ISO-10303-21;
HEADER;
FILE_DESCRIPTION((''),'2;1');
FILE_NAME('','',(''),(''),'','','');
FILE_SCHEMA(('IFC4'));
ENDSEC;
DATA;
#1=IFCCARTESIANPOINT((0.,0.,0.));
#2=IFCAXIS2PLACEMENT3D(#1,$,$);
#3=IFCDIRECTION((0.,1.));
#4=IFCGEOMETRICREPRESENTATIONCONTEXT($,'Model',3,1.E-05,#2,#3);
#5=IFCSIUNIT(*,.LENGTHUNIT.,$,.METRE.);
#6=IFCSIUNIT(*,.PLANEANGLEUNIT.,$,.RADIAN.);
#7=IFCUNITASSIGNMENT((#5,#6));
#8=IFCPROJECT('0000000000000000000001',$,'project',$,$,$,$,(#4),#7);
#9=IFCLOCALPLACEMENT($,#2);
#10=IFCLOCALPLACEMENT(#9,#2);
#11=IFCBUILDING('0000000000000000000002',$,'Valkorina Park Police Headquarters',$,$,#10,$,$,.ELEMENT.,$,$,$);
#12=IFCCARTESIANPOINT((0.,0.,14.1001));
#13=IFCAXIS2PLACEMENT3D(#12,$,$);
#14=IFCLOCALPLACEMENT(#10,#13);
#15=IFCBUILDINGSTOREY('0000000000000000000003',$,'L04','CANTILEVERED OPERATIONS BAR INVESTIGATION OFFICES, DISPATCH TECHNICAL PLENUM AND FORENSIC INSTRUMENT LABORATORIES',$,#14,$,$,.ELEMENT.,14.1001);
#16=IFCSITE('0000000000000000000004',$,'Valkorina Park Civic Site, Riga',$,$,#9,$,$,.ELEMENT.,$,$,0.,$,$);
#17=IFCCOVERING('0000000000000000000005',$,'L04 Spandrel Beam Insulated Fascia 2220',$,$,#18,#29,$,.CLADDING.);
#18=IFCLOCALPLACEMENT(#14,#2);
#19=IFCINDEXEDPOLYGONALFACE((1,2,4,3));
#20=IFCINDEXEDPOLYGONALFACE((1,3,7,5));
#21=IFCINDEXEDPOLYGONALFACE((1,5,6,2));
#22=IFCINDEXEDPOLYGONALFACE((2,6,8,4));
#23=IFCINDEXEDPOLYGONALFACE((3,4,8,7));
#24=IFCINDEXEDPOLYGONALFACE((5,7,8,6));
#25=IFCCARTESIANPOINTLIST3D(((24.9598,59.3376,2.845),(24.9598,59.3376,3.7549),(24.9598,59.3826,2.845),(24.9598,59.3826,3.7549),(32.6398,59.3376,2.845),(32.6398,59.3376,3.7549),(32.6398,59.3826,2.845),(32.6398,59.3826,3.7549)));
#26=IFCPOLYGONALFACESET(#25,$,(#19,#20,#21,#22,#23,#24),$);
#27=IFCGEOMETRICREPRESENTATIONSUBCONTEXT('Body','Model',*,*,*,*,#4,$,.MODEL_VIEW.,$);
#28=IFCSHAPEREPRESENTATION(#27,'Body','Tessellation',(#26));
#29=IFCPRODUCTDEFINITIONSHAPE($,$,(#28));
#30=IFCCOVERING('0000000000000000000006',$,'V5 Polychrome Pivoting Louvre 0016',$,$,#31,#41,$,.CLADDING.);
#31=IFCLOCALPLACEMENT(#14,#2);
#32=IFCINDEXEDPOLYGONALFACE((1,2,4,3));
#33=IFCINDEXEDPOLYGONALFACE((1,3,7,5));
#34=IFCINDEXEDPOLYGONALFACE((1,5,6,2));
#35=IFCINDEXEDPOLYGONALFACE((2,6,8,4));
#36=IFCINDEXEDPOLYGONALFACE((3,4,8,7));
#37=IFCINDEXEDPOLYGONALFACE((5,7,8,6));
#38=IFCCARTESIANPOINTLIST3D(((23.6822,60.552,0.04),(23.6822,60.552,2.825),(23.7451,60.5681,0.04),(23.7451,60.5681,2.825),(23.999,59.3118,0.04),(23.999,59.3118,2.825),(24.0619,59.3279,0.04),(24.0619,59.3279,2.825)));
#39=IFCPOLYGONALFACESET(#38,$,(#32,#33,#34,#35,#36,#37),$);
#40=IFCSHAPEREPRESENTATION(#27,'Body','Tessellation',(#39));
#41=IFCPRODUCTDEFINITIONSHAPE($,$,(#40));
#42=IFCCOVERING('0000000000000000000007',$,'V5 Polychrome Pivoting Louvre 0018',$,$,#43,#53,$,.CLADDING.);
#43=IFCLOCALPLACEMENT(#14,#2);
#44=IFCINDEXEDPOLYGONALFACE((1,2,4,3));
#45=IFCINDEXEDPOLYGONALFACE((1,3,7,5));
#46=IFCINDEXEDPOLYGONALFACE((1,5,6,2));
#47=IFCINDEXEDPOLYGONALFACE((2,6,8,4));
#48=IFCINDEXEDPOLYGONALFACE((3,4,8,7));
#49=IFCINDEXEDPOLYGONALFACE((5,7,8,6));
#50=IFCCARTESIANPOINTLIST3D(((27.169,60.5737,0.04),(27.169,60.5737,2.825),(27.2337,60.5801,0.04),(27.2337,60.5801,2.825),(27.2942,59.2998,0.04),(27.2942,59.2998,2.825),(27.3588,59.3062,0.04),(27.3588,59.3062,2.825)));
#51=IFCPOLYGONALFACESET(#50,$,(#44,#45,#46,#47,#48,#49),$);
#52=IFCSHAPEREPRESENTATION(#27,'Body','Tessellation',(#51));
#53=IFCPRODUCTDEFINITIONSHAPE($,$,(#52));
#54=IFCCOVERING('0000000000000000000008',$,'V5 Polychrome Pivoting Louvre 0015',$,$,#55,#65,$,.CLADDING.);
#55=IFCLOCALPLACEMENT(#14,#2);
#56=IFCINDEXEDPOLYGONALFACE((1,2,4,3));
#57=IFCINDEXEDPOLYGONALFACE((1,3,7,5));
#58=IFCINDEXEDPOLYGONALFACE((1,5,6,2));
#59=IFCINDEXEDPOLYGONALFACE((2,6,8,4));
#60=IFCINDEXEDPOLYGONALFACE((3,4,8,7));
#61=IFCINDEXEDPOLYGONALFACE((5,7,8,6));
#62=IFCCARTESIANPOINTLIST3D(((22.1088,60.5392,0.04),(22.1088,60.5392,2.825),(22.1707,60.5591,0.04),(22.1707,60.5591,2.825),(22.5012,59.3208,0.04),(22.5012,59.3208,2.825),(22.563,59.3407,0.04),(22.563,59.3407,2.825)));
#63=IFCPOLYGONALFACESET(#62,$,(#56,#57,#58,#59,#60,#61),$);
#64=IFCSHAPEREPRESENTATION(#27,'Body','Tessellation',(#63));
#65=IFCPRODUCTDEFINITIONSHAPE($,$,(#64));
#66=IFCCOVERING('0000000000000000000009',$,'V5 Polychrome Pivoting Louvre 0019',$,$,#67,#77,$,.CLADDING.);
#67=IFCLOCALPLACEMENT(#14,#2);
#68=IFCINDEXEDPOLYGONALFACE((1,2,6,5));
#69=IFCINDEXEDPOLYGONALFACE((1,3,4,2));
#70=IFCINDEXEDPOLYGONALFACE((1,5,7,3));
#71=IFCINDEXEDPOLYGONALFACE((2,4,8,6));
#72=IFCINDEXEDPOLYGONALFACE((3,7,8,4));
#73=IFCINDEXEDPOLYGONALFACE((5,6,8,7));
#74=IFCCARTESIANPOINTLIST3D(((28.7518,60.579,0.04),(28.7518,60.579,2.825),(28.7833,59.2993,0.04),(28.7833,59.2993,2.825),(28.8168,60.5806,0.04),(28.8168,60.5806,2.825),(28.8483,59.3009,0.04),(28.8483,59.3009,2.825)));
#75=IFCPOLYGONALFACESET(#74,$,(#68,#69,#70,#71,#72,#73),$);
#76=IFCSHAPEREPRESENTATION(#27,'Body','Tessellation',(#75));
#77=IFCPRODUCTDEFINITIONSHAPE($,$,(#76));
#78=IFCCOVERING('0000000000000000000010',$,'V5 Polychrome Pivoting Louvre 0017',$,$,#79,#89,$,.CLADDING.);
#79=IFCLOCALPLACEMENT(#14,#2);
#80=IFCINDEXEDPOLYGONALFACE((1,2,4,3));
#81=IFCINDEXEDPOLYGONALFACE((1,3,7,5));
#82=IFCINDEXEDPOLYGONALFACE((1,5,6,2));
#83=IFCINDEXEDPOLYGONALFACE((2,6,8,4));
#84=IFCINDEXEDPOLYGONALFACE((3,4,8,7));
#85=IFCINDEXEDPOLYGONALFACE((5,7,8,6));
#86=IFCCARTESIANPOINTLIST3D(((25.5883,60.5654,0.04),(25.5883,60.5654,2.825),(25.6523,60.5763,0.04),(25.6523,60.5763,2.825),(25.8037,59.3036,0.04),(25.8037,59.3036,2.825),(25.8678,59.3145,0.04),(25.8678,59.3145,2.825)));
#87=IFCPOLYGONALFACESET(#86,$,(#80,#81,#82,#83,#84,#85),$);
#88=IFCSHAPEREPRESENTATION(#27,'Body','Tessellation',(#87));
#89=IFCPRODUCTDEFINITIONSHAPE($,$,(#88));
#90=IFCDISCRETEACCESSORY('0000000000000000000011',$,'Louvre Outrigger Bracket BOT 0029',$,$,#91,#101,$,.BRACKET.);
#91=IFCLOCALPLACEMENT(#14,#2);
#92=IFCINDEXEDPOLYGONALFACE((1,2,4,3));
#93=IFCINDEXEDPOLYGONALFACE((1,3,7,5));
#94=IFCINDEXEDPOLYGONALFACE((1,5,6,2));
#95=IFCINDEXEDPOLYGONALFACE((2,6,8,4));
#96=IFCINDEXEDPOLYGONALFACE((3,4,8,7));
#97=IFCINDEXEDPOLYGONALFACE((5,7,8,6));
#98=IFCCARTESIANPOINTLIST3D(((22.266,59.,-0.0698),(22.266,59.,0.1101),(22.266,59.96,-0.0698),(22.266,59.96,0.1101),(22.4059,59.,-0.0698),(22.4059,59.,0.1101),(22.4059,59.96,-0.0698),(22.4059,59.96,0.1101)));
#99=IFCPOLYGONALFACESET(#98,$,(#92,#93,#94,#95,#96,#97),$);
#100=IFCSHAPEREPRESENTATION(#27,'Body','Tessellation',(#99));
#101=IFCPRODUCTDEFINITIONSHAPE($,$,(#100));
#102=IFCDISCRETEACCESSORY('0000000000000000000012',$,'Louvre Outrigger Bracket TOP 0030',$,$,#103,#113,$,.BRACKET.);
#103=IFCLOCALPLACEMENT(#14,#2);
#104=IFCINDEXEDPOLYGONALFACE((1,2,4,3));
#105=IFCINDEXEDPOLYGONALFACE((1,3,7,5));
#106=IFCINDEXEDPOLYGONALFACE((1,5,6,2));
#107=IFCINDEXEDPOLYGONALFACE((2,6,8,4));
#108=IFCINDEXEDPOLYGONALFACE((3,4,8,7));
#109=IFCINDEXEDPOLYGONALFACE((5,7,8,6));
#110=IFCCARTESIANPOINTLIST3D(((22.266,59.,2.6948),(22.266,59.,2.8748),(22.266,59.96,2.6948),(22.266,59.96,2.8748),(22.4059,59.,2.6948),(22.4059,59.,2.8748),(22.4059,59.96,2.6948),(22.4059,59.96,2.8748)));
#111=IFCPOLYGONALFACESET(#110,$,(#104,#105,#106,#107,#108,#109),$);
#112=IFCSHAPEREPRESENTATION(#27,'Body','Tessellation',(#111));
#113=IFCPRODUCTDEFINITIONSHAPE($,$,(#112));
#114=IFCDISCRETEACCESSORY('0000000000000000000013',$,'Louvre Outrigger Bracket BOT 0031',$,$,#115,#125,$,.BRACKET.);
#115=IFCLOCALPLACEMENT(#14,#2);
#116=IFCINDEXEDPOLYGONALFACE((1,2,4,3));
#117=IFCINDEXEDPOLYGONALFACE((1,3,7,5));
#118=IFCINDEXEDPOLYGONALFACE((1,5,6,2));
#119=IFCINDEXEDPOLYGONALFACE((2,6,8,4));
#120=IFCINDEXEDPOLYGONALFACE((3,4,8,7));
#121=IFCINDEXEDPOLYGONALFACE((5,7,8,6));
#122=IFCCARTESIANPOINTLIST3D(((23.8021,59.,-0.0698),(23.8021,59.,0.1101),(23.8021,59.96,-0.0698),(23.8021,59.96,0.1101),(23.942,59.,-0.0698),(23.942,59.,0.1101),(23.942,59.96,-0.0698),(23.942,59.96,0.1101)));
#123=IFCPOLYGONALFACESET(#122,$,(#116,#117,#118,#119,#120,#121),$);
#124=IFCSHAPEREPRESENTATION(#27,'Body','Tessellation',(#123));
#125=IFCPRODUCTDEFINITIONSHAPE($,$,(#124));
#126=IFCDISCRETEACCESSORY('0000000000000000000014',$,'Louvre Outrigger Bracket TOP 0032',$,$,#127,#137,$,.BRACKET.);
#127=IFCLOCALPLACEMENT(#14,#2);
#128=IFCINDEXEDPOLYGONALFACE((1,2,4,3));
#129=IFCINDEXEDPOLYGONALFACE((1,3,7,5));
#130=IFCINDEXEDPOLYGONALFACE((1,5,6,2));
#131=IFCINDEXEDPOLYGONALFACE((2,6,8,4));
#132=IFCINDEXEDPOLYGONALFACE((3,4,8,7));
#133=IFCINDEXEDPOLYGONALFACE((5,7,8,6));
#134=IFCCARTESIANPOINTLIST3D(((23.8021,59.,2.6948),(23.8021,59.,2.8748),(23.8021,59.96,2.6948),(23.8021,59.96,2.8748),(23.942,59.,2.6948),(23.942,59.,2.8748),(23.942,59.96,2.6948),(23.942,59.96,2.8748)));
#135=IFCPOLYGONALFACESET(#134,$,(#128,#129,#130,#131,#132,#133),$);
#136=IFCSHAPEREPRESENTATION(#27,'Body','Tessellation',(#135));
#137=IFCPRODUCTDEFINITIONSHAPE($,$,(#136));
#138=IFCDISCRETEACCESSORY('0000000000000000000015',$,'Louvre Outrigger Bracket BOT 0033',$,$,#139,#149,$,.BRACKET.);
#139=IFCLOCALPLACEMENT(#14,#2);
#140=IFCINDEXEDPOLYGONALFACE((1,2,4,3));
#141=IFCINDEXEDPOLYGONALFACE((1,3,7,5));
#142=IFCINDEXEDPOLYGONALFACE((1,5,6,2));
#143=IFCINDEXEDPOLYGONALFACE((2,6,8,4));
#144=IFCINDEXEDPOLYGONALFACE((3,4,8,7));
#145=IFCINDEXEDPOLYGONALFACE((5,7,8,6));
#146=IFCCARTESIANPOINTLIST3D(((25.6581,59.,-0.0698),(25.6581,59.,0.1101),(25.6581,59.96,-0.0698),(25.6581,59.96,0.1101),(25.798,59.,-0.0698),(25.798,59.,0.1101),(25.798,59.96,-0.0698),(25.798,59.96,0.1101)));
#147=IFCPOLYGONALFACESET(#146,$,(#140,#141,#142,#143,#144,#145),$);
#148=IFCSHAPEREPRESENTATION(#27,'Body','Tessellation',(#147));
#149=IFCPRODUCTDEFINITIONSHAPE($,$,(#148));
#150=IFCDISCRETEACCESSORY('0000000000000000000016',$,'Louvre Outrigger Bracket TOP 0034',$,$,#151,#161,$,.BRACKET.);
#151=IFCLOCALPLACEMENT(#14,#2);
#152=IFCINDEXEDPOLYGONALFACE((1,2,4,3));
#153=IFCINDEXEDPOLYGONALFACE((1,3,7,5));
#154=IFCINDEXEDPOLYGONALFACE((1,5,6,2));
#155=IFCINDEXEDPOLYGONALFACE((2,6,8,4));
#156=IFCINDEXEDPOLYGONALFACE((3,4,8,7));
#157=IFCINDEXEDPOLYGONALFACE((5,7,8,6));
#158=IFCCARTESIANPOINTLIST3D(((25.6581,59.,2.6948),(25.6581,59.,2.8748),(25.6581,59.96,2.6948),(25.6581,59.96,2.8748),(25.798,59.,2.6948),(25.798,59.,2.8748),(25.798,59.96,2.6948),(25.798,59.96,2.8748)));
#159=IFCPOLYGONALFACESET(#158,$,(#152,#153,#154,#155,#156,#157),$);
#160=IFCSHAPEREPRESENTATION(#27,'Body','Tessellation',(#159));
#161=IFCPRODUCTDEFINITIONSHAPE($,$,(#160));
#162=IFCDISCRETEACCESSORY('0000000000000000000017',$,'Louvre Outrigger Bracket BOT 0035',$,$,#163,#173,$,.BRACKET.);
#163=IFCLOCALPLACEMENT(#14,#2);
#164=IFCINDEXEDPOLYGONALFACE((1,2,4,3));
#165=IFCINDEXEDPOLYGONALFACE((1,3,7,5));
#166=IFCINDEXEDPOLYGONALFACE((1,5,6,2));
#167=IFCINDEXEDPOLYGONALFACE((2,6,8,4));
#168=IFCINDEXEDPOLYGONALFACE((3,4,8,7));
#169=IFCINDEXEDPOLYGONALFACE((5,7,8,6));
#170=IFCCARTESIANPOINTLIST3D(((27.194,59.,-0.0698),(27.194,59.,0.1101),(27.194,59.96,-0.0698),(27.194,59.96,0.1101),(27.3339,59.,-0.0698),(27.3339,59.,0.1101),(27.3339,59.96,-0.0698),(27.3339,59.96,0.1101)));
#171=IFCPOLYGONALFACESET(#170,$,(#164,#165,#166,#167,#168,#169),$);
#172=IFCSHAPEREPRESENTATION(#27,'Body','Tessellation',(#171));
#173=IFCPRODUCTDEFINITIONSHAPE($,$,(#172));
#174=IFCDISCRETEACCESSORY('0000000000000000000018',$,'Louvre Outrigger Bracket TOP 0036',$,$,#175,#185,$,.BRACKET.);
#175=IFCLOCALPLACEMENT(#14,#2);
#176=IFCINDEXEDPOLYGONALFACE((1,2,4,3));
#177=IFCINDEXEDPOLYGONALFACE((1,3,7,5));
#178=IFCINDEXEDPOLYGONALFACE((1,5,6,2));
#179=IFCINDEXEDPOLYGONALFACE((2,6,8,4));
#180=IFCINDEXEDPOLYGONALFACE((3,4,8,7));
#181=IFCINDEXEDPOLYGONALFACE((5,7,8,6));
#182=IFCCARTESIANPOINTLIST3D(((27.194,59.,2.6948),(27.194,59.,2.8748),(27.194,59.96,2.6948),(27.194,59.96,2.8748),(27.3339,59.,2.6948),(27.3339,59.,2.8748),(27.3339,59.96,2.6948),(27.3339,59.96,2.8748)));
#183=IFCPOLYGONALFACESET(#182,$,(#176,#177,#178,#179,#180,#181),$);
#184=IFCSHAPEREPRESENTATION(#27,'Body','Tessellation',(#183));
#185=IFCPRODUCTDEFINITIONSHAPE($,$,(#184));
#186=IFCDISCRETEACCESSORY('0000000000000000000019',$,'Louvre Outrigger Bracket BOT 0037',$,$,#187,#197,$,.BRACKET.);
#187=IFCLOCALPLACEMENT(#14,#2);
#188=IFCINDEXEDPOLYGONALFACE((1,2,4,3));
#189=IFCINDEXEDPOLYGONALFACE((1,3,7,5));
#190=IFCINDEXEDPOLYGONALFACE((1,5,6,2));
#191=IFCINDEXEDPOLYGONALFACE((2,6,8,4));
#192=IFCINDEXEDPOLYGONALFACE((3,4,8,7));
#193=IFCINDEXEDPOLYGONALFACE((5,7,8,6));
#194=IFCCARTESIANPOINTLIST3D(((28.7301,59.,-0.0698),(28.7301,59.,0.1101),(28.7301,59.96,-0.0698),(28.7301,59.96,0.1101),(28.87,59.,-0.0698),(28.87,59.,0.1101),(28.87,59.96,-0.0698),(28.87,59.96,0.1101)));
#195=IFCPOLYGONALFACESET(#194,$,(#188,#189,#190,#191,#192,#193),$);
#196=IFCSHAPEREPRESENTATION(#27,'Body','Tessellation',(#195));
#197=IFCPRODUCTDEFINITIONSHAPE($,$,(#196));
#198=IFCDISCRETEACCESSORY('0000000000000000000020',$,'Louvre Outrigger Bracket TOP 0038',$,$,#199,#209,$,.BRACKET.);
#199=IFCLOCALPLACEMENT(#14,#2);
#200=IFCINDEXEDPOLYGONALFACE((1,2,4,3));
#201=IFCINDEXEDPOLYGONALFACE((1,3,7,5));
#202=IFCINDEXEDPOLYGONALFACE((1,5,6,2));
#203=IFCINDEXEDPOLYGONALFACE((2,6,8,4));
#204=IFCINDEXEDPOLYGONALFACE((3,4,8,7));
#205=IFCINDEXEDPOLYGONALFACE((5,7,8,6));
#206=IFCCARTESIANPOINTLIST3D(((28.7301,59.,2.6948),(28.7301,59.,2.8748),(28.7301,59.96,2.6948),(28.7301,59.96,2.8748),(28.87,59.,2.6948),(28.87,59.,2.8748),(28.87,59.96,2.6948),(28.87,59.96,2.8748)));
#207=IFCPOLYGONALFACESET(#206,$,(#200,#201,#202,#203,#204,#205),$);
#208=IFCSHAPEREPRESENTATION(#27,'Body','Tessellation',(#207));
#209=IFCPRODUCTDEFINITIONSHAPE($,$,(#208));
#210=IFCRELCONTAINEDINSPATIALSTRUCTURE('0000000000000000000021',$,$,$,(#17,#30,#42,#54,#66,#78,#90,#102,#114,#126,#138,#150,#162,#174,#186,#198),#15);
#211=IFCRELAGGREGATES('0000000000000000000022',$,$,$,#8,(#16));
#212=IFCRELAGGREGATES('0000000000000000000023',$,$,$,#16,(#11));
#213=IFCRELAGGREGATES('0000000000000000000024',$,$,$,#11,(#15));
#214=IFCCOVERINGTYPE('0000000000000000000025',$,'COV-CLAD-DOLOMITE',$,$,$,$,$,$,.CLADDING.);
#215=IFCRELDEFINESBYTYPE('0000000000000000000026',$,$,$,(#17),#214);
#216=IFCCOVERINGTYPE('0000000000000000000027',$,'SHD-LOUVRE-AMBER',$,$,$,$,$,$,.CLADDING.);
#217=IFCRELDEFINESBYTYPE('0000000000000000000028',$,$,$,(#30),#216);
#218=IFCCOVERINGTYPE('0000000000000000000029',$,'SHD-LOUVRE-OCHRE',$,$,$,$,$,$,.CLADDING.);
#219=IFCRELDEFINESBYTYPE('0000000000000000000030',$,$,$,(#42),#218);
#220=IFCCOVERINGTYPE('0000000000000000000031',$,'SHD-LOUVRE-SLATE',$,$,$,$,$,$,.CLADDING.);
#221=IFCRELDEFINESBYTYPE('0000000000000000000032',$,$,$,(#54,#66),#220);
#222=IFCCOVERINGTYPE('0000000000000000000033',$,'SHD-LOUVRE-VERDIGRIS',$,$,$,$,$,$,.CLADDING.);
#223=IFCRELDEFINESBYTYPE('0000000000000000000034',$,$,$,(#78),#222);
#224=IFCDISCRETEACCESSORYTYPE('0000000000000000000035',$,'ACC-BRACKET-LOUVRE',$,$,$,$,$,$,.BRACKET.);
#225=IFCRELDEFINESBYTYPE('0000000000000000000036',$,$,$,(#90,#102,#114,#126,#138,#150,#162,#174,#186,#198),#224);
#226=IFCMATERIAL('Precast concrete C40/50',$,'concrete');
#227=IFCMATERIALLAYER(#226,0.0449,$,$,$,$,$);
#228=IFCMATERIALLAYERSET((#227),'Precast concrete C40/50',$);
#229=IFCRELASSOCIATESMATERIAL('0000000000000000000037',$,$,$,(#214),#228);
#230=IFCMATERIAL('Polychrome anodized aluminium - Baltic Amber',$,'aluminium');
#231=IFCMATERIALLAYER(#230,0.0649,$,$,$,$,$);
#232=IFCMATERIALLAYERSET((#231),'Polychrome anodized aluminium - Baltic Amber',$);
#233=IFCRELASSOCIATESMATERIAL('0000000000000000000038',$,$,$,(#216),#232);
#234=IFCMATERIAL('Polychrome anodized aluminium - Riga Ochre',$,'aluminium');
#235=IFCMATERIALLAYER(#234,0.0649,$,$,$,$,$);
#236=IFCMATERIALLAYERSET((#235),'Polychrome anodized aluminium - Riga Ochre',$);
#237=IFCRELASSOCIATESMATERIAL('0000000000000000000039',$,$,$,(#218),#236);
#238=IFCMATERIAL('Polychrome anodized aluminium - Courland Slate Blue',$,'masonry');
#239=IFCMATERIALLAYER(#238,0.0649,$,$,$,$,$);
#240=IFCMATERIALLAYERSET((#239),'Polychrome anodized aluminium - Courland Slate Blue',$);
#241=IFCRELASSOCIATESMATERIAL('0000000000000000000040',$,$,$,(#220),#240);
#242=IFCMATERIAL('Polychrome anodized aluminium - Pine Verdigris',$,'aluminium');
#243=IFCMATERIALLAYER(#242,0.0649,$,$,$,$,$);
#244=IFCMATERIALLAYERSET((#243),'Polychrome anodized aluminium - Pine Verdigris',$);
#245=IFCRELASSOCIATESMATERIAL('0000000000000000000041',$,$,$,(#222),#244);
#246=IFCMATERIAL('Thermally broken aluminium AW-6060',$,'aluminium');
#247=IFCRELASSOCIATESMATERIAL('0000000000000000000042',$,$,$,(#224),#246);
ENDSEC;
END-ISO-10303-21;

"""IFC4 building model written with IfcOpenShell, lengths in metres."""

from ifc_helpers import new_model, si_unit, direction, frame, frame_2d, origin, origin_2d, place, context, subcontext, project, spatial, rectangle, extrude, material, layer, layer_set, type_object, element, save


model = new_model("IFC4")

# Units and contexts
model_context = context("Model", 3, precision=1e-05, world=origin(), true_north=direction((0.0, 1.0)))
body_context = subcontext(model_context, "Body", "Model", "MODEL_VIEW")
ifc_project = project(units=[si_unit("LENGTHUNIT", "METRE"), si_unit("PLANEANGLEUNIT", "RADIAN")], contexts=[model_context])

# Site, building, storey
site_placement = place(None, origin())
site = spatial("IfcSite", under=ifc_project, at=site_placement, Name="Valkorina Park Civic Site, Riga", CompositionType="ELEMENT", RefElevation=0.0)
building_placement = place(site_placement, origin())
building = spatial("IfcBuilding", under=site, at=building_placement, Name="Valkorina Park Police Headquarters", CompositionType="ELEMENT")
storey_placement = place(building_placement, frame((0.0, 0.0, 14.1001)))
storey = spatial("IfcBuildingStorey", under=building, at=storey_placement, Name="L04", Description="CANTILEVERED OPERATIONS BAR INVESTIGATION OFFICES, DISPATCH TECHNICAL PLENUM AND FORENSIC INSTRUMENT LABORATORIES", CompositionType="ELEMENT", Elevation=14.1001)

# Shared definitions
ifc_material_1 = material(Name="Thermally broken aluminium AW-6060", Category="aluminium")

# Coverings
ifc_material_2 = material(Name="Precast concrete C40/50", Category="concrete")
ifc_layer_1 = layer(ifc_material_2, 0.0449)
ifc_layer_set_1 = layer_set([ifc_layer_1], Name="Precast concrete C40/50")
covering_type_1 = type_object("IfcCoveringType", Name="COV-CLAD-DOLOMITE", PredefinedType="CLADDING", material=ifc_layer_set_1)
covering_1_placement = place(storey_placement, frame((24.96, 59.3601, 2.845), z_axis=(0.0, 0.0, 1.0), x_axis=(1.0, 0.0, 0.0)))
element("IfcCovering", 1, at=covering_1_placement, inside=storey, type_object=covering_type_1, Name="L04 Spandrel Beam Insulated Fascia 2220", PredefinedType="CLADDING", context=body_context, shape_type="SweptSolid", body=[
    extrude(rectangle(XDim=7.6799, YDim=0.0449, at=frame_2d((3.8398, 0.0))), origin(), (0.0, 0.0, 1.0), 0.9099),
])
ifc_material_3 = material(Name="Polychrome anodized aluminium - Baltic Amber", Category="aluminium")
ifc_layer_2 = layer(ifc_material_3, 0.0649)
ifc_layer_set_2 = layer_set([ifc_layer_2], Name="Polychrome anodized aluminium - Baltic Amber")
covering_type_2 = type_object("IfcCoveringType", Name="SHD-LOUVRE-AMBER", PredefinedType="CLADDING", material=ifc_layer_set_2)
covering_2_placement = place(storey_placement, frame((23.8721, 59.9399, 0.04), z_axis=(0.0, 0.0, 1.0), x_axis=(-0.247506, 0.968886, 0.0)))
element("IfcCovering", 2, at=covering_2_placement, inside=storey, type_object=covering_type_2, Name="V5 Polychrome Pivoting Louvre 0016", PredefinedType="CLADDING", context=body_context, shape_type="SweptSolid", body=[
    extrude(rectangle(XDim=1.28, YDim=0.0649, at=origin_2d()), origin(), (0.0, 0.0, 1.0), 2.7849),
])
ifc_material_4 = material(Name="Polychrome anodized aluminium - Riga Ochre", Category="aluminium")
ifc_layer_3 = layer(ifc_material_4, 0.0649)
ifc_layer_set_3 = layer_set([ifc_layer_3], Name="Polychrome anodized aluminium - Riga Ochre")
covering_type_3 = type_object("IfcCoveringType", Name="SHD-LOUVRE-OCHRE", PredefinedType="CLADDING", material=ifc_layer_set_3)
covering_3_placement = place(storey_placement, frame((27.2639, 59.9399, 0.04), z_axis=(0.0, 0.0, 1.0), x_axis=(-0.097757, 0.99521, 0.0)))
element("IfcCovering", 3, at=covering_3_placement, inside=storey, type_object=covering_type_3, Name="V5 Polychrome Pivoting Louvre 0018", PredefinedType="CLADDING", context=body_context, shape_type="SweptSolid", body=[
    extrude(rectangle(XDim=1.28, YDim=0.0649, at=origin_2d()), origin(), (0.0, 0.0, 1.0), 2.7849),
])
ifc_material_5 = material(Name="Polychrome anodized aluminium - Courland Slate Blue", Category="masonry")
ifc_layer_4 = layer(ifc_material_5, 0.0649)
ifc_layer_set_4 = layer_set([ifc_layer_4], Name="Polychrome anodized aluminium - Courland Slate Blue")
covering_type_4 = type_object("IfcCoveringType", Name="SHD-LOUVRE-SLATE", PredefinedType="CLADDING", material=ifc_layer_set_4)
for number, where, z_axis, x_axis, name in (
    (4, (22.3359, 59.9399, 0.04), (0.0, 0.0, 1.0), (-0.306526, 0.951862, 0.0), "V5 Polychrome Pivoting Louvre 0015"),
    (5, (28.8, 59.9399, 0.04), (0.0, 0.0, 1.0), (-0.024607, 0.999697, 0.0), "V5 Polychrome Pivoting Louvre 0019"),
):
    element("IfcCovering", number, at=place(storey_placement, frame(where, z_axis=z_axis, x_axis=x_axis)), inside=storey, type_object=covering_type_4, Name=name, PredefinedType="CLADDING", context=body_context, shape_type="SweptSolid", body=[
        extrude(rectangle(XDim=1.28, YDim=0.0649, at=origin_2d()), origin(), (0.0, 0.0, 1.0), 2.7849),
    ])
ifc_material_6 = material(Name="Polychrome anodized aluminium - Pine Verdigris", Category="aluminium")
ifc_layer_5 = layer(ifc_material_6, 0.0649)
ifc_layer_set_5 = layer_set([ifc_layer_5], Name="Polychrome anodized aluminium - Pine Verdigris")
covering_type_5 = type_object("IfcCoveringType", Name="SHD-LOUVRE-VERDIGRIS", PredefinedType="CLADDING", material=ifc_layer_set_5)
covering_4_placement = place(storey_placement, frame((25.728, 59.9399, 0.04), z_axis=(0.0, 0.0, 1.0), x_axis=(-0.168317, 0.985733, 0.0)))
element("IfcCovering", 6, at=covering_4_placement, inside=storey, type_object=covering_type_5, Name="V5 Polychrome Pivoting Louvre 0017", PredefinedType="CLADDING", context=body_context, shape_type="SweptSolid", body=[
    extrude(rectangle(XDim=1.28, YDim=0.0649, at=origin_2d()), origin(), (0.0, 0.0, 1.0), 2.7849),
])

# Discrete accessories
discrete_accessory_type = type_object("IfcDiscreteAccessoryType", Name="ACC-BRACKET-LOUVRE", PredefinedType="BRACKET", material=ifc_material_1)
for number, where, z_axis, x_axis, name in (
    (7, (22.3359, 59.48, -0.0698), (0.0, 0.0, 1.0), (0.0, 1.0, 0.0), "Louvre Outrigger Bracket BOT 0029"),
    (8, (22.3359, 59.48, 2.6948), (0.0, 0.0, 1.0), (0.0, 1.0, 0.0), "Louvre Outrigger Bracket TOP 0030"),
    (9, (23.8721, 59.48, -0.0698), (0.0, 0.0, 1.0), (0.0, 1.0, 0.0), "Louvre Outrigger Bracket BOT 0031"),
    (10, (23.8721, 59.48, 2.6948), (0.0, 0.0, 1.0), (0.0, 1.0, 0.0), "Louvre Outrigger Bracket TOP 0032"),
    (11, (25.728, 59.48, -0.0698), (0.0, 0.0, 1.0), (0.0, 1.0, 0.0), "Louvre Outrigger Bracket BOT 0033"),
    (12, (25.728, 59.48, 2.6948), (0.0, 0.0, 1.0), (0.0, 1.0, 0.0), "Louvre Outrigger Bracket TOP 0034"),
    (13, (27.2639, 59.48, -0.0698), (0.0, 0.0, 1.0), (0.0, 1.0, 0.0), "Louvre Outrigger Bracket BOT 0035"),
    (14, (27.2639, 59.48, 2.6948), (0.0, 0.0, 1.0), (0.0, 1.0, 0.0), "Louvre Outrigger Bracket TOP 0036"),
    (15, (28.8, 59.48, -0.0698), (0.0, 0.0, 1.0), (0.0, 1.0, 0.0), "Louvre Outrigger Bracket BOT 0037"),
    (16, (28.8, 59.48, 2.6948), (0.0, 0.0, 1.0), (0.0, 1.0, 0.0), "Louvre Outrigger Bracket TOP 0038"),
):
    element("IfcDiscreteAccessory", number, at=place(storey_placement, frame(where, z_axis=z_axis, x_axis=x_axis)), inside=storey, type_object=discrete_accessory_type, Name=name, PredefinedType="BRACKET", context=body_context, shape_type="SweptSolid", body=[
        extrude(rectangle(XDim=0.96, YDim=0.1399, at=origin_2d()), origin(), (0.0, 0.0, 1.0), 0.1799),
    ])

save(model, "model.ifc")
